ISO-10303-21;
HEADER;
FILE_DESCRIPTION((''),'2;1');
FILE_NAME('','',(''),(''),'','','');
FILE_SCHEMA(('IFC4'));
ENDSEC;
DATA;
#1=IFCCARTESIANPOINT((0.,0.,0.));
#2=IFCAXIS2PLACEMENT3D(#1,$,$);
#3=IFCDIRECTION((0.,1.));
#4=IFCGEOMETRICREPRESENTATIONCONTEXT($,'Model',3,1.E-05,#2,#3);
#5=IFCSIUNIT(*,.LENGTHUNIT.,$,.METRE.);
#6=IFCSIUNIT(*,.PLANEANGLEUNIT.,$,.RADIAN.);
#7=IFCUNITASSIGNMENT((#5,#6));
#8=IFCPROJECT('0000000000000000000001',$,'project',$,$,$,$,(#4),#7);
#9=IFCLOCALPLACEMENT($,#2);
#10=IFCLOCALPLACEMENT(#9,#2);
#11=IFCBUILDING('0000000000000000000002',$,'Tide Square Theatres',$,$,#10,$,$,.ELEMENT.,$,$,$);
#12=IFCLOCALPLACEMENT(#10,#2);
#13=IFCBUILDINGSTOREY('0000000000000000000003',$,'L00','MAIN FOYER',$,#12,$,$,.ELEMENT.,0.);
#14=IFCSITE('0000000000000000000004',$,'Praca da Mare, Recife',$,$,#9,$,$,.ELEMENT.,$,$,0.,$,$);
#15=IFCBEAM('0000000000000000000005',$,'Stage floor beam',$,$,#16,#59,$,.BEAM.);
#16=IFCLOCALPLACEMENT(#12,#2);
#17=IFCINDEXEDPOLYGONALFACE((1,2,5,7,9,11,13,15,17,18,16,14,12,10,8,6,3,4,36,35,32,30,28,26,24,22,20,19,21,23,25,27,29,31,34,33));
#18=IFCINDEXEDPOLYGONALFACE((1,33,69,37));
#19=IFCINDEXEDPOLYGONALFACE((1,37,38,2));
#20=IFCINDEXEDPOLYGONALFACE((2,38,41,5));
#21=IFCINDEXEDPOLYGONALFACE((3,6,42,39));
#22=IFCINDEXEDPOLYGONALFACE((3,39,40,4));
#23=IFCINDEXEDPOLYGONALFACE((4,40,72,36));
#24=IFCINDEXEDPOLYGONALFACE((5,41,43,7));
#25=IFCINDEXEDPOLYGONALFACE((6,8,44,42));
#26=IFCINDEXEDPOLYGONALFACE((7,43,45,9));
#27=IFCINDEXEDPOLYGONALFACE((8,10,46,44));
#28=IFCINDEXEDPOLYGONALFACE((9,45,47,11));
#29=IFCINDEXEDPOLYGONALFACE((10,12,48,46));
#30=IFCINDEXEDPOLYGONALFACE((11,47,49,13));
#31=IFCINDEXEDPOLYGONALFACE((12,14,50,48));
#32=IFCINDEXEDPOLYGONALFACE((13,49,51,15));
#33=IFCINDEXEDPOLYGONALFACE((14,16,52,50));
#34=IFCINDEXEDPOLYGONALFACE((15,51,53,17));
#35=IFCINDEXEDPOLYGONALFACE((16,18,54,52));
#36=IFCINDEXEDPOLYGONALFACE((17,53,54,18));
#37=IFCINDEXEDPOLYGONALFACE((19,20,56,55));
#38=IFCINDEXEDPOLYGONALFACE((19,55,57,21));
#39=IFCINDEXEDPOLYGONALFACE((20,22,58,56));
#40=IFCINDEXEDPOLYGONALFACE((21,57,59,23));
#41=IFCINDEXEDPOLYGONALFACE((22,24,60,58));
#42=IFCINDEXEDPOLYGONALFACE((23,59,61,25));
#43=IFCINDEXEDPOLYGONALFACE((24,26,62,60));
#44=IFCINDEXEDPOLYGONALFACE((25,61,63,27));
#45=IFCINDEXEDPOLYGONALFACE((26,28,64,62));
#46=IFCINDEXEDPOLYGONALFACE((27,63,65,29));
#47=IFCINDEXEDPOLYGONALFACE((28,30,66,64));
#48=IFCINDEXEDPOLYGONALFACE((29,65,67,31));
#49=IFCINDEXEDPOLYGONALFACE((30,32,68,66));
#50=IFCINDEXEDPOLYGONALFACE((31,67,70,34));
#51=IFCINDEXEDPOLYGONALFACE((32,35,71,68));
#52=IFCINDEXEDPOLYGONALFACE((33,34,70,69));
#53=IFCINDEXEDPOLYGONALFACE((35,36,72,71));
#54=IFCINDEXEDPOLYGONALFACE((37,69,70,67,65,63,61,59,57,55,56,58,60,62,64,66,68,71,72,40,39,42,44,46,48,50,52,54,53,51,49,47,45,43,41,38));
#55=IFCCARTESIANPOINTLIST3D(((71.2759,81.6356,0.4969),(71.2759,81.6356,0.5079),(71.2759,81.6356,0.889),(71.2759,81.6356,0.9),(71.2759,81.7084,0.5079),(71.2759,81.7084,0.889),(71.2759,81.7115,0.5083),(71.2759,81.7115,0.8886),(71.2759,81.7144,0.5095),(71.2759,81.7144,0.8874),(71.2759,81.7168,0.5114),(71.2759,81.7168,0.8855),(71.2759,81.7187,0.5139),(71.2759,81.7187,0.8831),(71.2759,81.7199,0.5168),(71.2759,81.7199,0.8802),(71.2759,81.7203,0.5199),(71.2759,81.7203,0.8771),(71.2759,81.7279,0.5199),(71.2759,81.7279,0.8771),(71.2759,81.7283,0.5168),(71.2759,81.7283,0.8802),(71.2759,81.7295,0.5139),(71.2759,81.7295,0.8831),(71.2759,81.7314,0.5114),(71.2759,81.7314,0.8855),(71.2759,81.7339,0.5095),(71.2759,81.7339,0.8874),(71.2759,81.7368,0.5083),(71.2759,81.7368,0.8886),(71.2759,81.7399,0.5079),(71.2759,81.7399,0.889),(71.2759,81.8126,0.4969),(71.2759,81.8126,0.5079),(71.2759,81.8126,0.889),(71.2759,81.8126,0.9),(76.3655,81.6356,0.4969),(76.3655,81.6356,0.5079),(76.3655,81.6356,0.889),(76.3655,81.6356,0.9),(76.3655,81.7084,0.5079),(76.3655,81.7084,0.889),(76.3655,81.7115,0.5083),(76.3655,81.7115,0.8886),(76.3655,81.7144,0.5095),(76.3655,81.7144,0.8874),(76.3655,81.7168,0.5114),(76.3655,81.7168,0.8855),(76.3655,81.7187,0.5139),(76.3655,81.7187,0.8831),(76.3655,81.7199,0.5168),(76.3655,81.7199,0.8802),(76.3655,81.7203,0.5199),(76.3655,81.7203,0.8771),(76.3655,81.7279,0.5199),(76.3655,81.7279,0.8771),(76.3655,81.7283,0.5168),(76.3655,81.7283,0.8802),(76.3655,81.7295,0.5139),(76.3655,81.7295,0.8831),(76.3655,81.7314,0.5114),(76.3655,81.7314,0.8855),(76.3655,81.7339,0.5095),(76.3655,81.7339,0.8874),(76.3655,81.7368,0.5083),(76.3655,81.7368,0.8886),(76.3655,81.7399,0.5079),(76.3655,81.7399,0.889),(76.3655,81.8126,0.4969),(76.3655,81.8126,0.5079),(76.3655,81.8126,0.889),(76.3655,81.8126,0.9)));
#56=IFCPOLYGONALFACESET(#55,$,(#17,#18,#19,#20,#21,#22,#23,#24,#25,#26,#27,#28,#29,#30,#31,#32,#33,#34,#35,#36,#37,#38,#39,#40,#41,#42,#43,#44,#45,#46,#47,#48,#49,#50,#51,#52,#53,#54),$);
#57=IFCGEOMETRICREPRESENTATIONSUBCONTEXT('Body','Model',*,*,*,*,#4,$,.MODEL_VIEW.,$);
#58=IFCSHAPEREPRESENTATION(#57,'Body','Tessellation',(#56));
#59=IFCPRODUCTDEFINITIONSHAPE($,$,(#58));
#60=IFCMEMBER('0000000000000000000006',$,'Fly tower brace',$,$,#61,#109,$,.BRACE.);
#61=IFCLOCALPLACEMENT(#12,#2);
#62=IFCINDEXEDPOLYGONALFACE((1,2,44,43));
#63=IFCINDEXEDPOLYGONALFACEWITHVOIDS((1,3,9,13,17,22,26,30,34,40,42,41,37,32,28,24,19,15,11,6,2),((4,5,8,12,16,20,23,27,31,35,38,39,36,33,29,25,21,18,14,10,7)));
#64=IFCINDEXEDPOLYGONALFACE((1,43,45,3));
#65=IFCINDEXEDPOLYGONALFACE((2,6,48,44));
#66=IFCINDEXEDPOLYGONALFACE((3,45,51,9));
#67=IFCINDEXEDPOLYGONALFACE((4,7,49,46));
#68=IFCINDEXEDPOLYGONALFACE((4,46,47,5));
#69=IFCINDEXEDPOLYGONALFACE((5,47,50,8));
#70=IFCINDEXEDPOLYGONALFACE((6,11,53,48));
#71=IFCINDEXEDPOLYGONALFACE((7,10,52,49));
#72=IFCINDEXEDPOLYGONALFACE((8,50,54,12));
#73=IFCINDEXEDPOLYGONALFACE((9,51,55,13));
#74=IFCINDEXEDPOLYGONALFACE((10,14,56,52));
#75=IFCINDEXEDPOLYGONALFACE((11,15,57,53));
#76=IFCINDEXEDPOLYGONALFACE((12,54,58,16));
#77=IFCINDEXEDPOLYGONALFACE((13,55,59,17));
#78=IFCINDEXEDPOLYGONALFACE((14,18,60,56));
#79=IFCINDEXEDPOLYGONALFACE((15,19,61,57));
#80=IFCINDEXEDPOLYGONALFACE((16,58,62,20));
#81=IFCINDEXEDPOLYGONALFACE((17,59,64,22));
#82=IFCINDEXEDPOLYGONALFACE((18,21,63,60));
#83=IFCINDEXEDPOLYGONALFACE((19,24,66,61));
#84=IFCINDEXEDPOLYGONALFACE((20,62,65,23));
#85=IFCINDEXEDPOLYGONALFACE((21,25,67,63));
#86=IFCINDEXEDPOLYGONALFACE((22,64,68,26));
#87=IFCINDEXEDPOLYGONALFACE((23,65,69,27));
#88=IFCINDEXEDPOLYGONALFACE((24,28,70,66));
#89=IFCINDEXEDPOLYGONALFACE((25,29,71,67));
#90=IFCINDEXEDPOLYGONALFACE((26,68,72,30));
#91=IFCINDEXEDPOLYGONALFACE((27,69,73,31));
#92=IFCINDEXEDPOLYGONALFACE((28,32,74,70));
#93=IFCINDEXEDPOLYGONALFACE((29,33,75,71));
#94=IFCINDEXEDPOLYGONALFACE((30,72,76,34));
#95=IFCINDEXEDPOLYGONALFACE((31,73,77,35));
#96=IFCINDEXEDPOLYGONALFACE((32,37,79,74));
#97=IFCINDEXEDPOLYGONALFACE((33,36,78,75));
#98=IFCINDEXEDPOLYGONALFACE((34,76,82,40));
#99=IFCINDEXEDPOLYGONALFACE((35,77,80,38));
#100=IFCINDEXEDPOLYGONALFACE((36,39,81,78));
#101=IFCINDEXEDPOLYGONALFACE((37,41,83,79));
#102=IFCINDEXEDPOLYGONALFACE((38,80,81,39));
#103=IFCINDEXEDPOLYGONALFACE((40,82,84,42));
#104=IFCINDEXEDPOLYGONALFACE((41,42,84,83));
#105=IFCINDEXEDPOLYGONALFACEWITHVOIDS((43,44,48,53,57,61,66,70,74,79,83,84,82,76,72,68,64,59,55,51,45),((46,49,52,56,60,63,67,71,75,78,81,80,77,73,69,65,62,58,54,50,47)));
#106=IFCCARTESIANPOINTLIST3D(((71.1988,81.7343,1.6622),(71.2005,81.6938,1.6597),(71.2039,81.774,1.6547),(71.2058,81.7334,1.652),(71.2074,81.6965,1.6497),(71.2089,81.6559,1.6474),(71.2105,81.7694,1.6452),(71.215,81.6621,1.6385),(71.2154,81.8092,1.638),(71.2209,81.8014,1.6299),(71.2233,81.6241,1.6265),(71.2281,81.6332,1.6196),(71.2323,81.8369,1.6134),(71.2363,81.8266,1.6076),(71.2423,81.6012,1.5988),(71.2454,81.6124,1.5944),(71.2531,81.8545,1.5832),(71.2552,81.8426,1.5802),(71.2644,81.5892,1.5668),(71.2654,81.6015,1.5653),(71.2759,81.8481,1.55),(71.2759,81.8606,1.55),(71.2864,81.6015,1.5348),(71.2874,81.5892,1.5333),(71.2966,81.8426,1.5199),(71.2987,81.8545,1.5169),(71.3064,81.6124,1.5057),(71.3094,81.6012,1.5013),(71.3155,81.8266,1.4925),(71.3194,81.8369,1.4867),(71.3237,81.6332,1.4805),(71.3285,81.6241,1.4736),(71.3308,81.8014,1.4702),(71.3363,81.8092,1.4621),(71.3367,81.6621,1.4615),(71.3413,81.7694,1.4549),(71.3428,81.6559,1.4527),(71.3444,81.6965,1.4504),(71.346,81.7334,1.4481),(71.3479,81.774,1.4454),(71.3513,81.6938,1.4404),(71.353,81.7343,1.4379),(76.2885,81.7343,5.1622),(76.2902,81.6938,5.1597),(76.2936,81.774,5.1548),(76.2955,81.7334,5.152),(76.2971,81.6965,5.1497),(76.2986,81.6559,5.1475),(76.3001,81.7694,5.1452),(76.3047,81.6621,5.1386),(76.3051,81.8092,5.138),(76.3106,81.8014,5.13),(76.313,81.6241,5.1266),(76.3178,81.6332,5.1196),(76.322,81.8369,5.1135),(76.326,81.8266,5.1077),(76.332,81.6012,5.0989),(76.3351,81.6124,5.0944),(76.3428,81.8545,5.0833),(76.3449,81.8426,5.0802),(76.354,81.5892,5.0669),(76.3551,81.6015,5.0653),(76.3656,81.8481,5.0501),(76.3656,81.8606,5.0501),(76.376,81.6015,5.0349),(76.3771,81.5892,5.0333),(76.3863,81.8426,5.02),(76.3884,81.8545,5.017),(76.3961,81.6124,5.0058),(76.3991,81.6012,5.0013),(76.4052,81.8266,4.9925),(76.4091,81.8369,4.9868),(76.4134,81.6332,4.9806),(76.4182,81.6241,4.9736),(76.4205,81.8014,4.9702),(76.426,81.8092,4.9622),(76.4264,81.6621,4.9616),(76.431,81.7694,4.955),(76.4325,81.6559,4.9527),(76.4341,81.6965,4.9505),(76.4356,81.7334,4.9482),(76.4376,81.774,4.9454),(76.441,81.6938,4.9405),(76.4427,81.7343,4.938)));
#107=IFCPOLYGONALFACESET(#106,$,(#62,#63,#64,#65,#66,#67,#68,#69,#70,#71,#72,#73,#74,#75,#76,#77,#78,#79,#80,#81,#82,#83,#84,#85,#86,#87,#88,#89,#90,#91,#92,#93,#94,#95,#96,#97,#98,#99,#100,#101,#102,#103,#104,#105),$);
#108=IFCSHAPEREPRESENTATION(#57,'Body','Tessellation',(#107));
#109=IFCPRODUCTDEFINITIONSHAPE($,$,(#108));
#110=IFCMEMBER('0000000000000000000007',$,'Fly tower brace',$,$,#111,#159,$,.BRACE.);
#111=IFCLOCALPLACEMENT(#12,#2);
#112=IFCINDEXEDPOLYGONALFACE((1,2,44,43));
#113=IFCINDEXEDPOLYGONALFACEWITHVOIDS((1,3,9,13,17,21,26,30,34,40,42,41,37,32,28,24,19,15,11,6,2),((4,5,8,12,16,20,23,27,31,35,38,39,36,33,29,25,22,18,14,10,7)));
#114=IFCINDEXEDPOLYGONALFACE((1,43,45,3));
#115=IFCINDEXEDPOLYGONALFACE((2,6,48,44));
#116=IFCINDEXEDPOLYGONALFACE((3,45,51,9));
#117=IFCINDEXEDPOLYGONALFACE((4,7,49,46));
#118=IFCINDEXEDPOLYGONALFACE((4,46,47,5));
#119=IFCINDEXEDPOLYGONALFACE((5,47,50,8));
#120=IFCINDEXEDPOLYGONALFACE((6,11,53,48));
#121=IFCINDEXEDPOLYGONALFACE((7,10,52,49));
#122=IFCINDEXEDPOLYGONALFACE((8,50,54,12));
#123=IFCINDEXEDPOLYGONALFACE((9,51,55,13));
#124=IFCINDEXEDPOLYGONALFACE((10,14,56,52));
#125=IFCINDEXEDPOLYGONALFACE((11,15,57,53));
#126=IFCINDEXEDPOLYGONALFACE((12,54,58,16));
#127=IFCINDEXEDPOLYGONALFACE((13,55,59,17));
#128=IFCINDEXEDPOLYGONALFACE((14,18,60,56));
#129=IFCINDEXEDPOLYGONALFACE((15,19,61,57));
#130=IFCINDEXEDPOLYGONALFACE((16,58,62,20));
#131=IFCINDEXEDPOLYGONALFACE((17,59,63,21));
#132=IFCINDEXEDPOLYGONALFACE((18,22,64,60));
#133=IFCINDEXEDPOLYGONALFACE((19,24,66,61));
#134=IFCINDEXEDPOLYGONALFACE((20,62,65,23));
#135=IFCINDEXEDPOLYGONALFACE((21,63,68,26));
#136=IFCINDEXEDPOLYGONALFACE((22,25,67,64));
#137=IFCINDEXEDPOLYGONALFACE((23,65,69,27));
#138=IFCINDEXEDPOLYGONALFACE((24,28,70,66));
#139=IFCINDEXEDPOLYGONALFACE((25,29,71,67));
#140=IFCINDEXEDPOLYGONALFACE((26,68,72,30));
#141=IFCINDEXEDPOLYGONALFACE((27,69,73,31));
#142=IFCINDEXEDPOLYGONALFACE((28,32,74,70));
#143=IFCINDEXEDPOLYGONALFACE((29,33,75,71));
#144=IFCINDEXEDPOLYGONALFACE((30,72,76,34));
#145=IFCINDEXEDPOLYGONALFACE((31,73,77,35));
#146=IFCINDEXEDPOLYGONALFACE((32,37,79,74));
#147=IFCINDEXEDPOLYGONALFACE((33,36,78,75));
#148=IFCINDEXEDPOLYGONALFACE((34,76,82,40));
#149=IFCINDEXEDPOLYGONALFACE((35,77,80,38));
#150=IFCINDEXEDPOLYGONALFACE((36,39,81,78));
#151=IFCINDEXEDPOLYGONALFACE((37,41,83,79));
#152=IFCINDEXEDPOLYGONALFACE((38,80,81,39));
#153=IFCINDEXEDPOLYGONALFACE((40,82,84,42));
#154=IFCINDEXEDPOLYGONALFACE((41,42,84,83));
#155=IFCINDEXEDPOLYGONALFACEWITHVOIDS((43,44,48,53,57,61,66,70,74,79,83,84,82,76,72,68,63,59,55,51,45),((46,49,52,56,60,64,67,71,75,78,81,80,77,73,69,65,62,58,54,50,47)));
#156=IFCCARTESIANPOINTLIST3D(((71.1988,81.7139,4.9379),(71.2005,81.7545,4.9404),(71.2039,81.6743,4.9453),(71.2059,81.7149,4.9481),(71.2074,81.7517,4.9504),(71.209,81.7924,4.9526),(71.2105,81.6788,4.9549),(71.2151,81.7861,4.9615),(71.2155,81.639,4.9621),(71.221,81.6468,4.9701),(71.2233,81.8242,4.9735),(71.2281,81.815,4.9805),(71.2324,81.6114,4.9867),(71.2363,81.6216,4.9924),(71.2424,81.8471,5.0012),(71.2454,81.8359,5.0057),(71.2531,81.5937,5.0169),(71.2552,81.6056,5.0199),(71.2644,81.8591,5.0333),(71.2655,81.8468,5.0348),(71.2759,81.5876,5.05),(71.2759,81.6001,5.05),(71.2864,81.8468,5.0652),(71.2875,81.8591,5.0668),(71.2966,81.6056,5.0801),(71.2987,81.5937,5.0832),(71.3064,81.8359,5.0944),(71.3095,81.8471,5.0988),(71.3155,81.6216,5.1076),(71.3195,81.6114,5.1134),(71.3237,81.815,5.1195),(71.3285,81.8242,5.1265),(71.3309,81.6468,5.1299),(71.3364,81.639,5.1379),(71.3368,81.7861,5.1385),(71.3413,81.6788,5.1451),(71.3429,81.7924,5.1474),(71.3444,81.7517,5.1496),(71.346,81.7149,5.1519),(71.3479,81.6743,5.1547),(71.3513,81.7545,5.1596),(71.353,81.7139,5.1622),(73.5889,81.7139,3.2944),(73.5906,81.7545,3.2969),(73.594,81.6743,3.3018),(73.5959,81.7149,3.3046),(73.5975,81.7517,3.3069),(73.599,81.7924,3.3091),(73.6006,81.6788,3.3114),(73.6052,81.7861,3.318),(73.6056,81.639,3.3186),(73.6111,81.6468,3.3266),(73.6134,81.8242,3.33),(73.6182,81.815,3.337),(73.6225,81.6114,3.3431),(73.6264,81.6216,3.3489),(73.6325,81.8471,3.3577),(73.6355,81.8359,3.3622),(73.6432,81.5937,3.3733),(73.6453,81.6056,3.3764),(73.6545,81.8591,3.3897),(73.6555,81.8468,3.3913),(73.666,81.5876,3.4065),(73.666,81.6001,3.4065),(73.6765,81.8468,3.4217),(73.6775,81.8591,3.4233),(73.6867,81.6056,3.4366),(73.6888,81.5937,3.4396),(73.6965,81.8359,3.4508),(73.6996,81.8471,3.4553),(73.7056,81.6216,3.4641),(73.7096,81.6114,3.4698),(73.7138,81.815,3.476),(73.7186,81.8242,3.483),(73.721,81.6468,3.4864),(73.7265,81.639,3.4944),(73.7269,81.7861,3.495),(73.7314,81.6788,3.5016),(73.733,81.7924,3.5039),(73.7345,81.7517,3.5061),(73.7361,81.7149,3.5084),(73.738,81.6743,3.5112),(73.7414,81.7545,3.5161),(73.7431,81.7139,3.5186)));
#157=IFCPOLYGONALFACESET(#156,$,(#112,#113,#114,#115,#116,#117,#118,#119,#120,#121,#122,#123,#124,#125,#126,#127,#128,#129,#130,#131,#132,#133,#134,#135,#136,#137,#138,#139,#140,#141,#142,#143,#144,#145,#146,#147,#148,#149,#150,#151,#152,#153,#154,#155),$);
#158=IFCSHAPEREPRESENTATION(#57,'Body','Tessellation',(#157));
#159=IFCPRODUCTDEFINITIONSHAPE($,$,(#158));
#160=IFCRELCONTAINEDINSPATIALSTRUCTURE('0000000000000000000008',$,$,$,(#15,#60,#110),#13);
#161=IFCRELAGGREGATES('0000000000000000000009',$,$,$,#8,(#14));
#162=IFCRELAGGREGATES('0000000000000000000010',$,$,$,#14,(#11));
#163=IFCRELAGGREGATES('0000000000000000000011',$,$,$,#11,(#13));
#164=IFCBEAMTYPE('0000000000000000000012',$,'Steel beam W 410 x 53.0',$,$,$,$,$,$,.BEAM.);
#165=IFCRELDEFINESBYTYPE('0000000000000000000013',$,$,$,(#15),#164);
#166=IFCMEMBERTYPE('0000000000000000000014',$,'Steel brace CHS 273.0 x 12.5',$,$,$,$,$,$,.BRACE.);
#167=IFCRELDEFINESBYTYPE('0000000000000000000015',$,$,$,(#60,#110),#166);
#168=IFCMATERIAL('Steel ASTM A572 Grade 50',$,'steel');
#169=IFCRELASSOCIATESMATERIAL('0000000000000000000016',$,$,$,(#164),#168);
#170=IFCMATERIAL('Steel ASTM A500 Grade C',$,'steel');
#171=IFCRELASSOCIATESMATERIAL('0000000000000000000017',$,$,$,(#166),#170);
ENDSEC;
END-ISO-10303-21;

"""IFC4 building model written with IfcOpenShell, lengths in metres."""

from ifc_helpers import new_model, si_unit, direction, frame, origin, origin_2d, place, context, subcontext, project, spatial, hollow_circle, i_section, extrude, material, material_profile, profile_set, type_object, element, save


model = new_model("IFC4")

# Units and contexts
model_context = context("Model", 3, precision=1e-05, world=origin(), true_north=direction((0.0, 1.0)))
body_context = subcontext(model_context, "Body", "Model", "MODEL_VIEW")
ifc_project = project(units=[si_unit("LENGTHUNIT", "METRE"), si_unit("PLANEANGLEUNIT", "RADIAN")], contexts=[model_context])

# Site, building, storey
site_placement = place(None, origin())
site = spatial("IfcSite", under=ifc_project, at=site_placement, Name="Praca da Mare, Recife", CompositionType="ELEMENT", RefElevation=0.0)
building_placement = place(site_placement, origin())
building = spatial("IfcBuilding", under=site, at=building_placement, Name="Tide Square Theatres", CompositionType="ELEMENT")
storey_placement = place(building_placement, origin())
storey = spatial("IfcBuildingStorey", under=building, at=storey_placement, Name="L00", Description="MAIN FOYER", CompositionType="ELEMENT", Elevation=0.0)

# Beam
ifc_material_1 = material(Name="Steel ASTM A572 Grade 50", Category="steel")
ifc_material_profile_1 = material_profile(ifc_material_1, i_section(OverallWidth=0.177, OverallDepth=0.4031, WebThickness=0.0076, FlangeThickness=0.011, FilletRadius=0.012, at=origin_2d()))
ifc_profile_set_1 = profile_set([ifc_material_profile_1], Name="Steel ASTM A572 Grade 50")
beam_type = type_object("IfcBeamType", Name="Steel beam W 410 x 53.0", PredefinedType="BEAM", material=ifc_profile_set_1)
beam_placement = place(storey_placement, frame((71.2759, 81.7241, 0.6985), z_axis=(1.0, 0.0, 0.0), x_axis=(0.0, 1.0, 0.0)))
element("IfcBeam", 1, at=beam_placement, inside=storey, type_object=beam_type, Name="Stage floor beam", PredefinedType="BEAM", context=body_context, shape_type="SweptSolid", body=[
    extrude(i_section(OverallWidth=0.177, OverallDepth=0.4031, WebThickness=0.0076, FlangeThickness=0.011, FilletRadius=0.012, at=origin_2d()), origin(), (0.0, 0.0, 1.0), 5.0896),
])

# Members
ifc_material_2 = material(Name="Steel ASTM A500 Grade C", Category="steel")
ifc_material_profile_2 = material_profile(ifc_material_2, hollow_circle(Radius=0.1365, WallThickness=0.0125, at=origin_2d()))
ifc_profile_set_2 = profile_set([ifc_material_profile_2], Name="Steel ASTM A500 Grade C")
member_type = type_object("IfcMemberType", Name="Steel brace CHS 273.0 x 12.5", PredefinedType="BRACE", material=ifc_profile_set_2)
member_1_placement = place(storey_placement, frame((71.2759, 81.7241, 1.55), z_axis=(0.823974, 0.0, 0.566628), x_axis=(0.0, 1.0, 0.0)))
element("IfcMember", 2, at=member_1_placement, inside=storey, type_object=member_type, Name="Fly tower brace", PredefinedType="BRACE", context=body_context, shape_type="SweptSolid", body=[
    extrude(hollow_circle(Radius=0.1365, WallThickness=0.0125, at=origin_2d()), origin(), (0.0, 0.0, 1.0), 6.177),
])
for number, where, z_axis, x_axis, name in (
    (3, (73.666, 81.7241, 3.4065), (-0.823988, 0.0, 0.566607), (0.0, -1.0, 0.0), "Fly tower brace"),
):
    element("IfcMember", number, at=place(storey_placement, frame(where, z_axis=z_axis, x_axis=x_axis)), inside=storey, type_object=member_type, Name=name, PredefinedType="BRACE", context=body_context, shape_type="SweptSolid", body=[
        extrude(hollow_circle(Radius=0.1365, WallThickness=0.0125, at=origin_2d()), origin(), (0.0, 0.0, 1.0), 2.9006),
    ])

save(model, "model.ifc")
